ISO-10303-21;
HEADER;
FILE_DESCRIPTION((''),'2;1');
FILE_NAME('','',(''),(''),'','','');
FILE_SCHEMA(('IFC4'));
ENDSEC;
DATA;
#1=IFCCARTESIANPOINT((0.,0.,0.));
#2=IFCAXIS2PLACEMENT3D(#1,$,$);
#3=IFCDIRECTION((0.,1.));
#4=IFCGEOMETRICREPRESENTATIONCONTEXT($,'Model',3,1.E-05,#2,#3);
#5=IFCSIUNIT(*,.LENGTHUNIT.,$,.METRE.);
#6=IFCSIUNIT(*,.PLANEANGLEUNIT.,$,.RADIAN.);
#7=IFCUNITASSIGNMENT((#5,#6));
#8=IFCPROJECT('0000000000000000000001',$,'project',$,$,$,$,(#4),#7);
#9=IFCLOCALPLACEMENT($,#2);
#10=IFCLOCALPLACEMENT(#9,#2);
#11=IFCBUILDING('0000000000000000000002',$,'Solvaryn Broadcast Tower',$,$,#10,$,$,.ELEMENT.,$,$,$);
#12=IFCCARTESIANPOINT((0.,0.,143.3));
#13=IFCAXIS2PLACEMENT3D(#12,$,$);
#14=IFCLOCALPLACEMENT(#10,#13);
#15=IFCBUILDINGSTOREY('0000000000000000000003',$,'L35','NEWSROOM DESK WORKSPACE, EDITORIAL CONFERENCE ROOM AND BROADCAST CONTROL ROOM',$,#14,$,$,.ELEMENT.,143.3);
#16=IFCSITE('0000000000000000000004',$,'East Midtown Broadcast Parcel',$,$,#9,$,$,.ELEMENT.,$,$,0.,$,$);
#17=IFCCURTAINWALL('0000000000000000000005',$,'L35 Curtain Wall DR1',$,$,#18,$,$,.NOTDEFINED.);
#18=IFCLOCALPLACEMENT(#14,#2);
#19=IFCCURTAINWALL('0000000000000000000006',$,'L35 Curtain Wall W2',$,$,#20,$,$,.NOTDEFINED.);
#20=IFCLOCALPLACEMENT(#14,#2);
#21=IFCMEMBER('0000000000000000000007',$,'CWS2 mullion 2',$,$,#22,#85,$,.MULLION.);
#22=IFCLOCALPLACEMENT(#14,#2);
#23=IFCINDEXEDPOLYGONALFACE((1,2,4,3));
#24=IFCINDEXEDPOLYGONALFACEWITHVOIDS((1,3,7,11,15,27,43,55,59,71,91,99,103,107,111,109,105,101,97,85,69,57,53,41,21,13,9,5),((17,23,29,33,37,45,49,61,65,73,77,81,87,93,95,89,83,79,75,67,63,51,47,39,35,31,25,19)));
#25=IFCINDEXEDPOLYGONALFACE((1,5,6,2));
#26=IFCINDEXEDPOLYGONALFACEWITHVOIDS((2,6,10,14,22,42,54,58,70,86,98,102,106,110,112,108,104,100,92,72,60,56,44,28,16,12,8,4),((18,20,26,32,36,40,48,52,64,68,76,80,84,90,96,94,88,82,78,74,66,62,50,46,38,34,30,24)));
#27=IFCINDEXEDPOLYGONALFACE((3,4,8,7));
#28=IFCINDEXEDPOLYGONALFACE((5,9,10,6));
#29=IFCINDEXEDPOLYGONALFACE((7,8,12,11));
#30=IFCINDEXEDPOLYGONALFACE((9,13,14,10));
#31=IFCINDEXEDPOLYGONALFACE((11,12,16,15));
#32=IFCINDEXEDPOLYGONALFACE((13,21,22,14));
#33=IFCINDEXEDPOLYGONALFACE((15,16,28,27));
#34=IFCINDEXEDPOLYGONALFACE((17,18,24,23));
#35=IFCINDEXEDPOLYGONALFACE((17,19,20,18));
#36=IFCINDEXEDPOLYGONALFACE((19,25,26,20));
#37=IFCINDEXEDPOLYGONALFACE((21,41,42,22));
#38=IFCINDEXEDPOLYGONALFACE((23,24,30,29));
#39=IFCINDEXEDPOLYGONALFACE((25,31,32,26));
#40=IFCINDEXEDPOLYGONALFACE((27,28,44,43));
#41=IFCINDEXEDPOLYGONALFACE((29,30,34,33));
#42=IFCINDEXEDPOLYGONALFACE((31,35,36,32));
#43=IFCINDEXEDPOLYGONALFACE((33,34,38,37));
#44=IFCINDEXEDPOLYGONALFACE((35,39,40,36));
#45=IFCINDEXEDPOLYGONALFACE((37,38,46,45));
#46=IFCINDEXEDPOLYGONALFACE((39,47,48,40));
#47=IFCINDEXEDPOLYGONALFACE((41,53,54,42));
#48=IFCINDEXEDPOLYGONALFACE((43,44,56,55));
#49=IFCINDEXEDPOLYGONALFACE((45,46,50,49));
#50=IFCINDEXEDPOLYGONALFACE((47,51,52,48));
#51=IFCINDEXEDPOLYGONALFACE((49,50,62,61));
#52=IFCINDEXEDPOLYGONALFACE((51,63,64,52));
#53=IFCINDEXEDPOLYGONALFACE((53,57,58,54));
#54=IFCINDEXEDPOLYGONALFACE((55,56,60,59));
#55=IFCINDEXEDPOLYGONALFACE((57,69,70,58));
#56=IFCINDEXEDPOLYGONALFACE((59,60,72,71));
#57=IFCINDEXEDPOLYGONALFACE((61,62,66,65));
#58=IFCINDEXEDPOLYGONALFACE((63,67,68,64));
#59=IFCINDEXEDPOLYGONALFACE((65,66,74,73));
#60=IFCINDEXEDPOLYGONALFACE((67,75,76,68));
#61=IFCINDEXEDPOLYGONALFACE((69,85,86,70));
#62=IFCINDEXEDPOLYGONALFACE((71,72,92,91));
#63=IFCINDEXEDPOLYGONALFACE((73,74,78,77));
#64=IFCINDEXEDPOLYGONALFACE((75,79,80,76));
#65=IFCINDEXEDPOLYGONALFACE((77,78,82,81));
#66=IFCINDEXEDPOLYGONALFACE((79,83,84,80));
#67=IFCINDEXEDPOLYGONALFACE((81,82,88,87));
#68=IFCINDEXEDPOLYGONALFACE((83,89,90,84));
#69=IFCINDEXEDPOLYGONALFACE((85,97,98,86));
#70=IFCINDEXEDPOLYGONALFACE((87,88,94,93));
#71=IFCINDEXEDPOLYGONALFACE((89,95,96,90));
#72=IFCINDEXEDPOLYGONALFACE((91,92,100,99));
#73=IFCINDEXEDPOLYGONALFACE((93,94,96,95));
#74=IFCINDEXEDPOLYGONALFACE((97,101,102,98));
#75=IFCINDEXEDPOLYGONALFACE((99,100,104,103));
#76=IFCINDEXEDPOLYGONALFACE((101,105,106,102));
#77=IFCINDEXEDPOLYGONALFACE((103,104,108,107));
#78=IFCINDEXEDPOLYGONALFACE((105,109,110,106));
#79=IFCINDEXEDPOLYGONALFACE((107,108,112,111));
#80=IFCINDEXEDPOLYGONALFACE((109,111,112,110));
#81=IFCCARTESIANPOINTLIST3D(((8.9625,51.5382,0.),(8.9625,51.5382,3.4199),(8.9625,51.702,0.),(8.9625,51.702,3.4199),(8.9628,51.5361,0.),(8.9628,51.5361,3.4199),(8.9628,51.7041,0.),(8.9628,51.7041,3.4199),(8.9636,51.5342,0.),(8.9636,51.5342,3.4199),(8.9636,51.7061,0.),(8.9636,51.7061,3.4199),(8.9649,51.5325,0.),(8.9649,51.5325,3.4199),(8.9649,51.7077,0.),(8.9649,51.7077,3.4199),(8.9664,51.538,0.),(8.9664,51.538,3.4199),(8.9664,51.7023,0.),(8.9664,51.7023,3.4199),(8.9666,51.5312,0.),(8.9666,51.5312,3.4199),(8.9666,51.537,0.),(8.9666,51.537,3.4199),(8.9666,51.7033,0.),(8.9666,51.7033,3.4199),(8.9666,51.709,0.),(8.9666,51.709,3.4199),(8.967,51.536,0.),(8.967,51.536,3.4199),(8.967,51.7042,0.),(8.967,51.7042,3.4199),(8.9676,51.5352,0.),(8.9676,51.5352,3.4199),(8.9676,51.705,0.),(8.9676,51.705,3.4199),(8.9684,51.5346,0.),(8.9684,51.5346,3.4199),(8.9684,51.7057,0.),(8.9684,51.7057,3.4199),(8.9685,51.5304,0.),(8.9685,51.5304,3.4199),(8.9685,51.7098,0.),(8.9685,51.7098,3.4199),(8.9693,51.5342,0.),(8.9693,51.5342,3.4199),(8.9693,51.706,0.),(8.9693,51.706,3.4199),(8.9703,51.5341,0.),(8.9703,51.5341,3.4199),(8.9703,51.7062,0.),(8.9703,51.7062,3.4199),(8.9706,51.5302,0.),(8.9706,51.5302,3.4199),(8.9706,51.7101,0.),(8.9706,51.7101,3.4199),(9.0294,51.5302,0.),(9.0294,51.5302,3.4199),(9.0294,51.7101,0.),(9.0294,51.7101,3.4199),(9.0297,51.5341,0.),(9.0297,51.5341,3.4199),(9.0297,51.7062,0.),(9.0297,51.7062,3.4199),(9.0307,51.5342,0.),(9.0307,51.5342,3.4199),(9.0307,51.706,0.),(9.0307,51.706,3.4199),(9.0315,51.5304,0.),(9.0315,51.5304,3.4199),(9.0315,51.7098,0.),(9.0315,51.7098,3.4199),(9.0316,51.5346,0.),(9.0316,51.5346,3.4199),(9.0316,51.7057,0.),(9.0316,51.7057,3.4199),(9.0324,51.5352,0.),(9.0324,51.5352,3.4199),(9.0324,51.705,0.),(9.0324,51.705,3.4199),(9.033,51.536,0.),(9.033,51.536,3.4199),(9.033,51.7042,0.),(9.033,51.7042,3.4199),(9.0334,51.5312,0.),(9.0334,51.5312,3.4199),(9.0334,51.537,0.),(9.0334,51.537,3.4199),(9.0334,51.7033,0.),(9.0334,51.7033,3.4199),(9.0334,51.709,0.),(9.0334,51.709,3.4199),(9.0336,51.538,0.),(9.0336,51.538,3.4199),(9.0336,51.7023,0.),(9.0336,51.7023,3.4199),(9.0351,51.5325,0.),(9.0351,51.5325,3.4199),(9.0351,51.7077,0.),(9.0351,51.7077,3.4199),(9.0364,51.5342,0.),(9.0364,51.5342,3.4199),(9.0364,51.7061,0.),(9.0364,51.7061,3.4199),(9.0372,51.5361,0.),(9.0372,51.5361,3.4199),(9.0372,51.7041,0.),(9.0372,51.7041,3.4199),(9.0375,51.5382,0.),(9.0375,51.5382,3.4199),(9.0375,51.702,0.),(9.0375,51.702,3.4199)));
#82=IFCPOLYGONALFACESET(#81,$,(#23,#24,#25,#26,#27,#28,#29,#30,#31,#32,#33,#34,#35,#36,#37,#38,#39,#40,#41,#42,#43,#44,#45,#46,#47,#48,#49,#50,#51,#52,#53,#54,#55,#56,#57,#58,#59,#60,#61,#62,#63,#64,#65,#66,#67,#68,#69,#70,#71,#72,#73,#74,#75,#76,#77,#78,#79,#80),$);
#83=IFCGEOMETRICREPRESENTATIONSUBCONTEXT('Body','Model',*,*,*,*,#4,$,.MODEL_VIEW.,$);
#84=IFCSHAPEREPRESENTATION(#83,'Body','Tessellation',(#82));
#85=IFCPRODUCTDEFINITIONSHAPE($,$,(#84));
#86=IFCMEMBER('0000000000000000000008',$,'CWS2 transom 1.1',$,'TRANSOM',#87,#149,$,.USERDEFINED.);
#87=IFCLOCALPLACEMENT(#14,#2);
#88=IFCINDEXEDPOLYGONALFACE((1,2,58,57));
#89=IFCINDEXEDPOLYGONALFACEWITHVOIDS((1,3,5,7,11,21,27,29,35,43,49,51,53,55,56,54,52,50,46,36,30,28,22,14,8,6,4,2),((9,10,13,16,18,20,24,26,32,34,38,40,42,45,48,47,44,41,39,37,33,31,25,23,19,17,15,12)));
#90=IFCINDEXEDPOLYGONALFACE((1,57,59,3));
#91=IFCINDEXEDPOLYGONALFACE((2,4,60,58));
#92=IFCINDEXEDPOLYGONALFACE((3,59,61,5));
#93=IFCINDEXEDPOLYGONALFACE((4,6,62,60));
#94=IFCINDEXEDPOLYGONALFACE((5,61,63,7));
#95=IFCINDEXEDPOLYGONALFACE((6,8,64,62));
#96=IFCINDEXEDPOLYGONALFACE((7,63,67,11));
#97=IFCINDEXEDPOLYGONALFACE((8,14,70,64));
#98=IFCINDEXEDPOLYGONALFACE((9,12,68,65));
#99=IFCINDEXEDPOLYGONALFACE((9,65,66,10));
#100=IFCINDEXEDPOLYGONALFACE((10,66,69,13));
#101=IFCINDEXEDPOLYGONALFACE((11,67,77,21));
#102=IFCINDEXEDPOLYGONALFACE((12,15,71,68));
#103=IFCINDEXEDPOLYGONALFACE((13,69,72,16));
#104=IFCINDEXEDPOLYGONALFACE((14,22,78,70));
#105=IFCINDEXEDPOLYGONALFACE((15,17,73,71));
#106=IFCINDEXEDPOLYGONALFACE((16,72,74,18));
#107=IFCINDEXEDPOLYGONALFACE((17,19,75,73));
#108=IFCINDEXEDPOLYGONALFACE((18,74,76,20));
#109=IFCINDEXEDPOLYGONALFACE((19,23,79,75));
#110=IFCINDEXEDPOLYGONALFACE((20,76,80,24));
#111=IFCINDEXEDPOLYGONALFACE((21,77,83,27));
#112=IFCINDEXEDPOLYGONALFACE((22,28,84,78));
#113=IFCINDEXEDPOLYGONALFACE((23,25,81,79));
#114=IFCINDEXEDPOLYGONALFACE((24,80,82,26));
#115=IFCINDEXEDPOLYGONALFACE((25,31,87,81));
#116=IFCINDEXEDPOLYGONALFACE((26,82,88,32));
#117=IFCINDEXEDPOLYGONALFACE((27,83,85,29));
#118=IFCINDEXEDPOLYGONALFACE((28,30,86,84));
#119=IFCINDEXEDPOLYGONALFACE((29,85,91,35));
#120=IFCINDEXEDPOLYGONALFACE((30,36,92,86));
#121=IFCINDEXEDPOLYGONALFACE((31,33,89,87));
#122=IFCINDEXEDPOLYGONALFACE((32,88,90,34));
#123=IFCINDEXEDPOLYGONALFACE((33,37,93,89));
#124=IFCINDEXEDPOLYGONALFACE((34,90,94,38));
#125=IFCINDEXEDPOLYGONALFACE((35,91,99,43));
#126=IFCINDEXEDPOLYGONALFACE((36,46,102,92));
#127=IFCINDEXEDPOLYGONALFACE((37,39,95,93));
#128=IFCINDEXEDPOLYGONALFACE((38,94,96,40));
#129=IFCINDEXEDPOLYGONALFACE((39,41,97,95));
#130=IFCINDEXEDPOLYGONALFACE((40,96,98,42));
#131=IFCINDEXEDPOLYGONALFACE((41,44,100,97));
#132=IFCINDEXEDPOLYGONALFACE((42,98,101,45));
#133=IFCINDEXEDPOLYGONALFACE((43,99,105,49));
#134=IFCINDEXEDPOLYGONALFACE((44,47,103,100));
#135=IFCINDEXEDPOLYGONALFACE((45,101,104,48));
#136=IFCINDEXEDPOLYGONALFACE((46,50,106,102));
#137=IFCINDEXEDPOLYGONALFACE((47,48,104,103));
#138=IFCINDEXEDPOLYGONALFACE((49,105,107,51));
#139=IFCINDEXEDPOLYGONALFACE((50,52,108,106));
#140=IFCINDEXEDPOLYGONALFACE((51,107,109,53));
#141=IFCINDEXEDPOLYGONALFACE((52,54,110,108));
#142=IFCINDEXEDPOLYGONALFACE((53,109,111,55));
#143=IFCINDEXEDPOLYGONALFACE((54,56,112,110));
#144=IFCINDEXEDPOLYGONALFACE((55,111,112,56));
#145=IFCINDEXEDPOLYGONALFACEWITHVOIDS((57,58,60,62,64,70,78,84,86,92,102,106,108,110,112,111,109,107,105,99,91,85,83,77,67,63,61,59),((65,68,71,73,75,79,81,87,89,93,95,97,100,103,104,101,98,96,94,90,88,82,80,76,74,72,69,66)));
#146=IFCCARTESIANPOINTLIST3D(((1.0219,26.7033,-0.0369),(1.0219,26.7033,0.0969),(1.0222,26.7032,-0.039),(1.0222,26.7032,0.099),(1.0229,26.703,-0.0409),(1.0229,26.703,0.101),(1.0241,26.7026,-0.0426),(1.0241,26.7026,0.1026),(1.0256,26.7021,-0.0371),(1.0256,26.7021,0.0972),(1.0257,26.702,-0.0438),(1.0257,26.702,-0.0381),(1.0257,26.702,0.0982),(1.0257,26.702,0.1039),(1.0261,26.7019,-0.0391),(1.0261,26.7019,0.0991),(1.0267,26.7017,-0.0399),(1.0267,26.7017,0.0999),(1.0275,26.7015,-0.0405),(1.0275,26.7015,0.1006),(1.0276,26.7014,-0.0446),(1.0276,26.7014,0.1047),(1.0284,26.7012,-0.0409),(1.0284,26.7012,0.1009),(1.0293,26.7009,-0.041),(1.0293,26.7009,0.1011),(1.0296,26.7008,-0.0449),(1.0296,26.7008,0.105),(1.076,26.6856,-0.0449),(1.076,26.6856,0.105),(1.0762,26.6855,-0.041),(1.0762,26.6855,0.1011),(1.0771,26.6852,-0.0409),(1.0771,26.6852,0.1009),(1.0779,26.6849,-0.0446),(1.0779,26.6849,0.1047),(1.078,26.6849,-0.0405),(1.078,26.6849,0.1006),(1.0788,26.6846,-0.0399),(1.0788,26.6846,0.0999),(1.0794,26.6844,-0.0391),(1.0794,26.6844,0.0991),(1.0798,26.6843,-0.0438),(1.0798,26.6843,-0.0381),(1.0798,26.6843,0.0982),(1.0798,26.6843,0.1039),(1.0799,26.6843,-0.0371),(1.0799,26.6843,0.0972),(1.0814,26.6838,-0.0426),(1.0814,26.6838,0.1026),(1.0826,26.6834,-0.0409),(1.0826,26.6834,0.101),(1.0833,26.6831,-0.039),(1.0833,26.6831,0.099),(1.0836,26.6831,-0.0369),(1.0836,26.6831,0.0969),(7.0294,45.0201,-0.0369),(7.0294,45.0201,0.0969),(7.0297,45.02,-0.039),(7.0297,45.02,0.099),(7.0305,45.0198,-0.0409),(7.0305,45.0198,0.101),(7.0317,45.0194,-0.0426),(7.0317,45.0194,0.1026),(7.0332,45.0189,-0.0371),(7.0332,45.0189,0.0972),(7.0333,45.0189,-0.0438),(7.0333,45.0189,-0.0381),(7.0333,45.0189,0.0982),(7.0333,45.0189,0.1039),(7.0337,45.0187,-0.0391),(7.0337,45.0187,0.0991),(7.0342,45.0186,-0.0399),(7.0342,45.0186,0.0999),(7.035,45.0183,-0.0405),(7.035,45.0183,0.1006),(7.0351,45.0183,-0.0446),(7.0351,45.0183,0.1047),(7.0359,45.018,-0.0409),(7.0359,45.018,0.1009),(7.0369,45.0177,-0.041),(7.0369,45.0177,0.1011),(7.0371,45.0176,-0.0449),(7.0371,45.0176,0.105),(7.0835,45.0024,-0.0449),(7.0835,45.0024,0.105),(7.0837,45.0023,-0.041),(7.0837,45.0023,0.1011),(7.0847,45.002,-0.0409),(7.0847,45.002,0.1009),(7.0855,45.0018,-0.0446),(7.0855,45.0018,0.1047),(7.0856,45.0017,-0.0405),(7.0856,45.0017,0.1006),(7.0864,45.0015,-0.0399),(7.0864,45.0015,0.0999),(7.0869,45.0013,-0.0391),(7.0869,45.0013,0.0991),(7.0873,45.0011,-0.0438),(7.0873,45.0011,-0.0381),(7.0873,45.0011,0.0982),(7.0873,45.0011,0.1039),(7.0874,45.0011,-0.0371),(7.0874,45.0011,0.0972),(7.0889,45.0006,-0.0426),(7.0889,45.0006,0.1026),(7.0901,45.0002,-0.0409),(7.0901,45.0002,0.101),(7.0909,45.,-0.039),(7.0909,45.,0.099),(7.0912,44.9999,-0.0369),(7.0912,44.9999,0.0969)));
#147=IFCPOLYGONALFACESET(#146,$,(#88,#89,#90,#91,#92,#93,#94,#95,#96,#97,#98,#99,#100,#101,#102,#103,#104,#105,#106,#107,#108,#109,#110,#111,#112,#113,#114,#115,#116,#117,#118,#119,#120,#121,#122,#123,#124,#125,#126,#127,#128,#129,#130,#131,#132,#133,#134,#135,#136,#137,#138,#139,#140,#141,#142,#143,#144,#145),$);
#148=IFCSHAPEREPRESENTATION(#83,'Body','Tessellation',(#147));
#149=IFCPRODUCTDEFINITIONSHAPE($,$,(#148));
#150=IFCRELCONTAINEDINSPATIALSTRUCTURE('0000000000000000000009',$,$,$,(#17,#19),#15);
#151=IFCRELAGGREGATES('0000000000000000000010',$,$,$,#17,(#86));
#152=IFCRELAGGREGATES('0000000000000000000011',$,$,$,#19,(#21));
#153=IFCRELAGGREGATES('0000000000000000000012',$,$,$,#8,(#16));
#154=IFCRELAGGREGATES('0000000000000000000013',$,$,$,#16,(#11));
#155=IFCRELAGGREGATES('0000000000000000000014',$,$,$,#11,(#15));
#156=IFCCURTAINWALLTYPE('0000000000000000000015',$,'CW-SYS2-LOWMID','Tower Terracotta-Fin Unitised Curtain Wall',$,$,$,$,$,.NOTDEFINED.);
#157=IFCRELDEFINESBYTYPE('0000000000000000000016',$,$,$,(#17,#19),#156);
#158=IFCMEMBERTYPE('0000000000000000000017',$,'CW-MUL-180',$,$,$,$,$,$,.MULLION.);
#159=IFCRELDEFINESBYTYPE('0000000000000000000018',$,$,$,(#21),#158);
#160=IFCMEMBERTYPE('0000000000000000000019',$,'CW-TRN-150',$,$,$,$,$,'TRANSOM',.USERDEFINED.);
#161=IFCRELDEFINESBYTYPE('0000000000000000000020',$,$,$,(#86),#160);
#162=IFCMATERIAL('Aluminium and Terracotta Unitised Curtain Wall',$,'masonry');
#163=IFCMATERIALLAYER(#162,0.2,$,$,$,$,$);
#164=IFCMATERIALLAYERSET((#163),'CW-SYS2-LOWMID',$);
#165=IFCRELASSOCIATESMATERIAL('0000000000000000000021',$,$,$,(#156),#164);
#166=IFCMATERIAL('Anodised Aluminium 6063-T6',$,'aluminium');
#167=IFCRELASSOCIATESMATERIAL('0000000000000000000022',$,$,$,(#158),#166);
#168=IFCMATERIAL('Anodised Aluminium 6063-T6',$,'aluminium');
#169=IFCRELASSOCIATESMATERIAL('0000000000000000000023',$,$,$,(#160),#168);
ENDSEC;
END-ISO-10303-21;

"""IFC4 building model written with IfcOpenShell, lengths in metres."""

from ifc_helpers import new_model, si_unit, direction, frame, origin, origin_2d, place, context, subcontext, project, spatial, hollow_rectangle, extrude, material, layer, layer_set, material_profile, profile_set, type_object, element, aggregate, save


model = new_model("IFC4")

# Units and contexts
model_context = context("Model", 3, precision=1e-05, world=origin(), true_north=direction((0.0, 1.0)))
body_context = subcontext(model_context, "Body", "Model", "MODEL_VIEW")
ifc_project = project(units=[si_unit("LENGTHUNIT", "METRE"), si_unit("PLANEANGLEUNIT", "RADIAN")], contexts=[model_context])

# Site, building, storey
site_placement = place(None, origin())
site = spatial("IfcSite", under=ifc_project, at=site_placement, Name="East Midtown Broadcast Parcel", CompositionType="ELEMENT", RefElevation=0.0)
building_placement = place(site_placement, origin())
building = spatial("IfcBuilding", under=site, at=building_placement, Name="Solvaryn Broadcast Tower", CompositionType="ELEMENT")
storey_placement = place(building_placement, frame((0.0, 0.0, 143.3)))
storey = spatial("IfcBuildingStorey", under=building, at=storey_placement, Name="L35", Description="NEWSROOM DESK WORKSPACE, EDITORIAL CONFERENCE ROOM AND BROADCAST CONTROL ROOM", CompositionType="ELEMENT", Elevation=143.3)

# Curtain wall
ifc_material_1 = material(Name="Aluminium and Terracotta Unitised Curtain Wall", Category="masonry")
ifc_layer_1 = layer(ifc_material_1, 0.2)
ifc_layer_set_1 = layer_set([ifc_layer_1], Name="CW-SYS2-LOWMID")
curtain_wall_type = type_object("IfcCurtainWallType", Name="CW-SYS2-LOWMID", Description="Tower Terracotta-Fin Unitised Curtain Wall", PredefinedType="NOTDEFINED", material=ifc_layer_set_1)
curtain_wall_1_placement = place(storey_placement, origin())
curtain_wall_1 = element("IfcCurtainWall", 1, at=curtain_wall_1_placement, inside=storey, type_object=curtain_wall_type, Name="L35 Curtain Wall DR1", PredefinedType="NOTDEFINED")
ifc_material_2 = material(Name="Anodised Aluminium 6063-T6", Category="aluminium")
ifc_material_profile_1 = material_profile(ifc_material_2, hollow_rectangle(XDim=0.075, YDim=0.1799, WallThickness=0.0039, InnerFilletRadius=0.0039, OuterFilletRadius=0.0081, at=origin_2d()))
ifc_profile_set_1 = profile_set([ifc_material_profile_1], Name="Anodised Aluminium 6063-T6")
member_type_1 = type_object("IfcMemberType", Name="CW-MUL-180", PredefinedType="MULLION", material=ifc_profile_set_1)

# Curtain wall, member
curtain_wall_2_placement = place(storey_placement, origin())
curtain_wall_2 = element("IfcCurtainWall", 2, at=curtain_wall_2_placement, inside=storey, type_object=curtain_wall_type, Name="L35 Curtain Wall W2", PredefinedType="NOTDEFINED")
member_1_placement = place(storey_placement, frame((9.0, 51.6201, 0.0), z_axis=(0.0, 0.0, 1.0), x_axis=(-1.0, 0.0, 0.0)))
member_1 = element("IfcMember", 3, at=member_1_placement, type_object=member_type_1, Name="CWS2 mullion 2", PredefinedType="MULLION", context=body_context, shape_type="SweptSolid", body=[
    extrude(hollow_rectangle(XDim=0.075, YDim=0.1799, WallThickness=0.0039, InnerFilletRadius=0.0039, OuterFilletRadius=0.0081, at=origin_2d()), origin(), (0.0, 0.0, 1.0), 3.4199),
])

# Member
ifc_material_3 = material(Name="Anodised Aluminium 6063-T6", Category="aluminium")
ifc_material_profile_2 = material_profile(ifc_material_3, hollow_rectangle(XDim=0.0649, YDim=0.1499, WallThickness=0.0039, InnerFilletRadius=0.0039, OuterFilletRadius=0.0081, at=origin_2d()))
ifc_profile_set_2 = profile_set([ifc_material_profile_2], Name="Anodised Aluminium 6063-T6")
member_type_2 = type_object("IfcMemberType", Name="CW-TRN-150", ElementType="TRANSOM", PredefinedType="USERDEFINED", material=ifc_profile_set_2)
member_2_placement = place(storey_placement, frame((7.0603, 45.01, 0.03), z_axis=(-0.311646, -0.950198, 0.0), x_axis=(0.950198, -0.311646, 0.0)))
member_2 = element("IfcMember", 4, at=member_2_placement, type_object=member_type_2, Name="CWS2 transom 1.1", ObjectType="TRANSOM", PredefinedType="USERDEFINED", context=body_context, shape_type="SweptSolid", body=[
    extrude(hollow_rectangle(XDim=0.0649, YDim=0.1499, WallThickness=0.0039, InnerFilletRadius=0.0039, OuterFilletRadius=0.0081, at=origin_2d()), origin(), (0.0, 0.0, 1.0), 19.2769),
])
aggregate(curtain_wall_1, [member_2])

aggregate(curtain_wall_2, [member_1])

save(model, "model.ifc")
